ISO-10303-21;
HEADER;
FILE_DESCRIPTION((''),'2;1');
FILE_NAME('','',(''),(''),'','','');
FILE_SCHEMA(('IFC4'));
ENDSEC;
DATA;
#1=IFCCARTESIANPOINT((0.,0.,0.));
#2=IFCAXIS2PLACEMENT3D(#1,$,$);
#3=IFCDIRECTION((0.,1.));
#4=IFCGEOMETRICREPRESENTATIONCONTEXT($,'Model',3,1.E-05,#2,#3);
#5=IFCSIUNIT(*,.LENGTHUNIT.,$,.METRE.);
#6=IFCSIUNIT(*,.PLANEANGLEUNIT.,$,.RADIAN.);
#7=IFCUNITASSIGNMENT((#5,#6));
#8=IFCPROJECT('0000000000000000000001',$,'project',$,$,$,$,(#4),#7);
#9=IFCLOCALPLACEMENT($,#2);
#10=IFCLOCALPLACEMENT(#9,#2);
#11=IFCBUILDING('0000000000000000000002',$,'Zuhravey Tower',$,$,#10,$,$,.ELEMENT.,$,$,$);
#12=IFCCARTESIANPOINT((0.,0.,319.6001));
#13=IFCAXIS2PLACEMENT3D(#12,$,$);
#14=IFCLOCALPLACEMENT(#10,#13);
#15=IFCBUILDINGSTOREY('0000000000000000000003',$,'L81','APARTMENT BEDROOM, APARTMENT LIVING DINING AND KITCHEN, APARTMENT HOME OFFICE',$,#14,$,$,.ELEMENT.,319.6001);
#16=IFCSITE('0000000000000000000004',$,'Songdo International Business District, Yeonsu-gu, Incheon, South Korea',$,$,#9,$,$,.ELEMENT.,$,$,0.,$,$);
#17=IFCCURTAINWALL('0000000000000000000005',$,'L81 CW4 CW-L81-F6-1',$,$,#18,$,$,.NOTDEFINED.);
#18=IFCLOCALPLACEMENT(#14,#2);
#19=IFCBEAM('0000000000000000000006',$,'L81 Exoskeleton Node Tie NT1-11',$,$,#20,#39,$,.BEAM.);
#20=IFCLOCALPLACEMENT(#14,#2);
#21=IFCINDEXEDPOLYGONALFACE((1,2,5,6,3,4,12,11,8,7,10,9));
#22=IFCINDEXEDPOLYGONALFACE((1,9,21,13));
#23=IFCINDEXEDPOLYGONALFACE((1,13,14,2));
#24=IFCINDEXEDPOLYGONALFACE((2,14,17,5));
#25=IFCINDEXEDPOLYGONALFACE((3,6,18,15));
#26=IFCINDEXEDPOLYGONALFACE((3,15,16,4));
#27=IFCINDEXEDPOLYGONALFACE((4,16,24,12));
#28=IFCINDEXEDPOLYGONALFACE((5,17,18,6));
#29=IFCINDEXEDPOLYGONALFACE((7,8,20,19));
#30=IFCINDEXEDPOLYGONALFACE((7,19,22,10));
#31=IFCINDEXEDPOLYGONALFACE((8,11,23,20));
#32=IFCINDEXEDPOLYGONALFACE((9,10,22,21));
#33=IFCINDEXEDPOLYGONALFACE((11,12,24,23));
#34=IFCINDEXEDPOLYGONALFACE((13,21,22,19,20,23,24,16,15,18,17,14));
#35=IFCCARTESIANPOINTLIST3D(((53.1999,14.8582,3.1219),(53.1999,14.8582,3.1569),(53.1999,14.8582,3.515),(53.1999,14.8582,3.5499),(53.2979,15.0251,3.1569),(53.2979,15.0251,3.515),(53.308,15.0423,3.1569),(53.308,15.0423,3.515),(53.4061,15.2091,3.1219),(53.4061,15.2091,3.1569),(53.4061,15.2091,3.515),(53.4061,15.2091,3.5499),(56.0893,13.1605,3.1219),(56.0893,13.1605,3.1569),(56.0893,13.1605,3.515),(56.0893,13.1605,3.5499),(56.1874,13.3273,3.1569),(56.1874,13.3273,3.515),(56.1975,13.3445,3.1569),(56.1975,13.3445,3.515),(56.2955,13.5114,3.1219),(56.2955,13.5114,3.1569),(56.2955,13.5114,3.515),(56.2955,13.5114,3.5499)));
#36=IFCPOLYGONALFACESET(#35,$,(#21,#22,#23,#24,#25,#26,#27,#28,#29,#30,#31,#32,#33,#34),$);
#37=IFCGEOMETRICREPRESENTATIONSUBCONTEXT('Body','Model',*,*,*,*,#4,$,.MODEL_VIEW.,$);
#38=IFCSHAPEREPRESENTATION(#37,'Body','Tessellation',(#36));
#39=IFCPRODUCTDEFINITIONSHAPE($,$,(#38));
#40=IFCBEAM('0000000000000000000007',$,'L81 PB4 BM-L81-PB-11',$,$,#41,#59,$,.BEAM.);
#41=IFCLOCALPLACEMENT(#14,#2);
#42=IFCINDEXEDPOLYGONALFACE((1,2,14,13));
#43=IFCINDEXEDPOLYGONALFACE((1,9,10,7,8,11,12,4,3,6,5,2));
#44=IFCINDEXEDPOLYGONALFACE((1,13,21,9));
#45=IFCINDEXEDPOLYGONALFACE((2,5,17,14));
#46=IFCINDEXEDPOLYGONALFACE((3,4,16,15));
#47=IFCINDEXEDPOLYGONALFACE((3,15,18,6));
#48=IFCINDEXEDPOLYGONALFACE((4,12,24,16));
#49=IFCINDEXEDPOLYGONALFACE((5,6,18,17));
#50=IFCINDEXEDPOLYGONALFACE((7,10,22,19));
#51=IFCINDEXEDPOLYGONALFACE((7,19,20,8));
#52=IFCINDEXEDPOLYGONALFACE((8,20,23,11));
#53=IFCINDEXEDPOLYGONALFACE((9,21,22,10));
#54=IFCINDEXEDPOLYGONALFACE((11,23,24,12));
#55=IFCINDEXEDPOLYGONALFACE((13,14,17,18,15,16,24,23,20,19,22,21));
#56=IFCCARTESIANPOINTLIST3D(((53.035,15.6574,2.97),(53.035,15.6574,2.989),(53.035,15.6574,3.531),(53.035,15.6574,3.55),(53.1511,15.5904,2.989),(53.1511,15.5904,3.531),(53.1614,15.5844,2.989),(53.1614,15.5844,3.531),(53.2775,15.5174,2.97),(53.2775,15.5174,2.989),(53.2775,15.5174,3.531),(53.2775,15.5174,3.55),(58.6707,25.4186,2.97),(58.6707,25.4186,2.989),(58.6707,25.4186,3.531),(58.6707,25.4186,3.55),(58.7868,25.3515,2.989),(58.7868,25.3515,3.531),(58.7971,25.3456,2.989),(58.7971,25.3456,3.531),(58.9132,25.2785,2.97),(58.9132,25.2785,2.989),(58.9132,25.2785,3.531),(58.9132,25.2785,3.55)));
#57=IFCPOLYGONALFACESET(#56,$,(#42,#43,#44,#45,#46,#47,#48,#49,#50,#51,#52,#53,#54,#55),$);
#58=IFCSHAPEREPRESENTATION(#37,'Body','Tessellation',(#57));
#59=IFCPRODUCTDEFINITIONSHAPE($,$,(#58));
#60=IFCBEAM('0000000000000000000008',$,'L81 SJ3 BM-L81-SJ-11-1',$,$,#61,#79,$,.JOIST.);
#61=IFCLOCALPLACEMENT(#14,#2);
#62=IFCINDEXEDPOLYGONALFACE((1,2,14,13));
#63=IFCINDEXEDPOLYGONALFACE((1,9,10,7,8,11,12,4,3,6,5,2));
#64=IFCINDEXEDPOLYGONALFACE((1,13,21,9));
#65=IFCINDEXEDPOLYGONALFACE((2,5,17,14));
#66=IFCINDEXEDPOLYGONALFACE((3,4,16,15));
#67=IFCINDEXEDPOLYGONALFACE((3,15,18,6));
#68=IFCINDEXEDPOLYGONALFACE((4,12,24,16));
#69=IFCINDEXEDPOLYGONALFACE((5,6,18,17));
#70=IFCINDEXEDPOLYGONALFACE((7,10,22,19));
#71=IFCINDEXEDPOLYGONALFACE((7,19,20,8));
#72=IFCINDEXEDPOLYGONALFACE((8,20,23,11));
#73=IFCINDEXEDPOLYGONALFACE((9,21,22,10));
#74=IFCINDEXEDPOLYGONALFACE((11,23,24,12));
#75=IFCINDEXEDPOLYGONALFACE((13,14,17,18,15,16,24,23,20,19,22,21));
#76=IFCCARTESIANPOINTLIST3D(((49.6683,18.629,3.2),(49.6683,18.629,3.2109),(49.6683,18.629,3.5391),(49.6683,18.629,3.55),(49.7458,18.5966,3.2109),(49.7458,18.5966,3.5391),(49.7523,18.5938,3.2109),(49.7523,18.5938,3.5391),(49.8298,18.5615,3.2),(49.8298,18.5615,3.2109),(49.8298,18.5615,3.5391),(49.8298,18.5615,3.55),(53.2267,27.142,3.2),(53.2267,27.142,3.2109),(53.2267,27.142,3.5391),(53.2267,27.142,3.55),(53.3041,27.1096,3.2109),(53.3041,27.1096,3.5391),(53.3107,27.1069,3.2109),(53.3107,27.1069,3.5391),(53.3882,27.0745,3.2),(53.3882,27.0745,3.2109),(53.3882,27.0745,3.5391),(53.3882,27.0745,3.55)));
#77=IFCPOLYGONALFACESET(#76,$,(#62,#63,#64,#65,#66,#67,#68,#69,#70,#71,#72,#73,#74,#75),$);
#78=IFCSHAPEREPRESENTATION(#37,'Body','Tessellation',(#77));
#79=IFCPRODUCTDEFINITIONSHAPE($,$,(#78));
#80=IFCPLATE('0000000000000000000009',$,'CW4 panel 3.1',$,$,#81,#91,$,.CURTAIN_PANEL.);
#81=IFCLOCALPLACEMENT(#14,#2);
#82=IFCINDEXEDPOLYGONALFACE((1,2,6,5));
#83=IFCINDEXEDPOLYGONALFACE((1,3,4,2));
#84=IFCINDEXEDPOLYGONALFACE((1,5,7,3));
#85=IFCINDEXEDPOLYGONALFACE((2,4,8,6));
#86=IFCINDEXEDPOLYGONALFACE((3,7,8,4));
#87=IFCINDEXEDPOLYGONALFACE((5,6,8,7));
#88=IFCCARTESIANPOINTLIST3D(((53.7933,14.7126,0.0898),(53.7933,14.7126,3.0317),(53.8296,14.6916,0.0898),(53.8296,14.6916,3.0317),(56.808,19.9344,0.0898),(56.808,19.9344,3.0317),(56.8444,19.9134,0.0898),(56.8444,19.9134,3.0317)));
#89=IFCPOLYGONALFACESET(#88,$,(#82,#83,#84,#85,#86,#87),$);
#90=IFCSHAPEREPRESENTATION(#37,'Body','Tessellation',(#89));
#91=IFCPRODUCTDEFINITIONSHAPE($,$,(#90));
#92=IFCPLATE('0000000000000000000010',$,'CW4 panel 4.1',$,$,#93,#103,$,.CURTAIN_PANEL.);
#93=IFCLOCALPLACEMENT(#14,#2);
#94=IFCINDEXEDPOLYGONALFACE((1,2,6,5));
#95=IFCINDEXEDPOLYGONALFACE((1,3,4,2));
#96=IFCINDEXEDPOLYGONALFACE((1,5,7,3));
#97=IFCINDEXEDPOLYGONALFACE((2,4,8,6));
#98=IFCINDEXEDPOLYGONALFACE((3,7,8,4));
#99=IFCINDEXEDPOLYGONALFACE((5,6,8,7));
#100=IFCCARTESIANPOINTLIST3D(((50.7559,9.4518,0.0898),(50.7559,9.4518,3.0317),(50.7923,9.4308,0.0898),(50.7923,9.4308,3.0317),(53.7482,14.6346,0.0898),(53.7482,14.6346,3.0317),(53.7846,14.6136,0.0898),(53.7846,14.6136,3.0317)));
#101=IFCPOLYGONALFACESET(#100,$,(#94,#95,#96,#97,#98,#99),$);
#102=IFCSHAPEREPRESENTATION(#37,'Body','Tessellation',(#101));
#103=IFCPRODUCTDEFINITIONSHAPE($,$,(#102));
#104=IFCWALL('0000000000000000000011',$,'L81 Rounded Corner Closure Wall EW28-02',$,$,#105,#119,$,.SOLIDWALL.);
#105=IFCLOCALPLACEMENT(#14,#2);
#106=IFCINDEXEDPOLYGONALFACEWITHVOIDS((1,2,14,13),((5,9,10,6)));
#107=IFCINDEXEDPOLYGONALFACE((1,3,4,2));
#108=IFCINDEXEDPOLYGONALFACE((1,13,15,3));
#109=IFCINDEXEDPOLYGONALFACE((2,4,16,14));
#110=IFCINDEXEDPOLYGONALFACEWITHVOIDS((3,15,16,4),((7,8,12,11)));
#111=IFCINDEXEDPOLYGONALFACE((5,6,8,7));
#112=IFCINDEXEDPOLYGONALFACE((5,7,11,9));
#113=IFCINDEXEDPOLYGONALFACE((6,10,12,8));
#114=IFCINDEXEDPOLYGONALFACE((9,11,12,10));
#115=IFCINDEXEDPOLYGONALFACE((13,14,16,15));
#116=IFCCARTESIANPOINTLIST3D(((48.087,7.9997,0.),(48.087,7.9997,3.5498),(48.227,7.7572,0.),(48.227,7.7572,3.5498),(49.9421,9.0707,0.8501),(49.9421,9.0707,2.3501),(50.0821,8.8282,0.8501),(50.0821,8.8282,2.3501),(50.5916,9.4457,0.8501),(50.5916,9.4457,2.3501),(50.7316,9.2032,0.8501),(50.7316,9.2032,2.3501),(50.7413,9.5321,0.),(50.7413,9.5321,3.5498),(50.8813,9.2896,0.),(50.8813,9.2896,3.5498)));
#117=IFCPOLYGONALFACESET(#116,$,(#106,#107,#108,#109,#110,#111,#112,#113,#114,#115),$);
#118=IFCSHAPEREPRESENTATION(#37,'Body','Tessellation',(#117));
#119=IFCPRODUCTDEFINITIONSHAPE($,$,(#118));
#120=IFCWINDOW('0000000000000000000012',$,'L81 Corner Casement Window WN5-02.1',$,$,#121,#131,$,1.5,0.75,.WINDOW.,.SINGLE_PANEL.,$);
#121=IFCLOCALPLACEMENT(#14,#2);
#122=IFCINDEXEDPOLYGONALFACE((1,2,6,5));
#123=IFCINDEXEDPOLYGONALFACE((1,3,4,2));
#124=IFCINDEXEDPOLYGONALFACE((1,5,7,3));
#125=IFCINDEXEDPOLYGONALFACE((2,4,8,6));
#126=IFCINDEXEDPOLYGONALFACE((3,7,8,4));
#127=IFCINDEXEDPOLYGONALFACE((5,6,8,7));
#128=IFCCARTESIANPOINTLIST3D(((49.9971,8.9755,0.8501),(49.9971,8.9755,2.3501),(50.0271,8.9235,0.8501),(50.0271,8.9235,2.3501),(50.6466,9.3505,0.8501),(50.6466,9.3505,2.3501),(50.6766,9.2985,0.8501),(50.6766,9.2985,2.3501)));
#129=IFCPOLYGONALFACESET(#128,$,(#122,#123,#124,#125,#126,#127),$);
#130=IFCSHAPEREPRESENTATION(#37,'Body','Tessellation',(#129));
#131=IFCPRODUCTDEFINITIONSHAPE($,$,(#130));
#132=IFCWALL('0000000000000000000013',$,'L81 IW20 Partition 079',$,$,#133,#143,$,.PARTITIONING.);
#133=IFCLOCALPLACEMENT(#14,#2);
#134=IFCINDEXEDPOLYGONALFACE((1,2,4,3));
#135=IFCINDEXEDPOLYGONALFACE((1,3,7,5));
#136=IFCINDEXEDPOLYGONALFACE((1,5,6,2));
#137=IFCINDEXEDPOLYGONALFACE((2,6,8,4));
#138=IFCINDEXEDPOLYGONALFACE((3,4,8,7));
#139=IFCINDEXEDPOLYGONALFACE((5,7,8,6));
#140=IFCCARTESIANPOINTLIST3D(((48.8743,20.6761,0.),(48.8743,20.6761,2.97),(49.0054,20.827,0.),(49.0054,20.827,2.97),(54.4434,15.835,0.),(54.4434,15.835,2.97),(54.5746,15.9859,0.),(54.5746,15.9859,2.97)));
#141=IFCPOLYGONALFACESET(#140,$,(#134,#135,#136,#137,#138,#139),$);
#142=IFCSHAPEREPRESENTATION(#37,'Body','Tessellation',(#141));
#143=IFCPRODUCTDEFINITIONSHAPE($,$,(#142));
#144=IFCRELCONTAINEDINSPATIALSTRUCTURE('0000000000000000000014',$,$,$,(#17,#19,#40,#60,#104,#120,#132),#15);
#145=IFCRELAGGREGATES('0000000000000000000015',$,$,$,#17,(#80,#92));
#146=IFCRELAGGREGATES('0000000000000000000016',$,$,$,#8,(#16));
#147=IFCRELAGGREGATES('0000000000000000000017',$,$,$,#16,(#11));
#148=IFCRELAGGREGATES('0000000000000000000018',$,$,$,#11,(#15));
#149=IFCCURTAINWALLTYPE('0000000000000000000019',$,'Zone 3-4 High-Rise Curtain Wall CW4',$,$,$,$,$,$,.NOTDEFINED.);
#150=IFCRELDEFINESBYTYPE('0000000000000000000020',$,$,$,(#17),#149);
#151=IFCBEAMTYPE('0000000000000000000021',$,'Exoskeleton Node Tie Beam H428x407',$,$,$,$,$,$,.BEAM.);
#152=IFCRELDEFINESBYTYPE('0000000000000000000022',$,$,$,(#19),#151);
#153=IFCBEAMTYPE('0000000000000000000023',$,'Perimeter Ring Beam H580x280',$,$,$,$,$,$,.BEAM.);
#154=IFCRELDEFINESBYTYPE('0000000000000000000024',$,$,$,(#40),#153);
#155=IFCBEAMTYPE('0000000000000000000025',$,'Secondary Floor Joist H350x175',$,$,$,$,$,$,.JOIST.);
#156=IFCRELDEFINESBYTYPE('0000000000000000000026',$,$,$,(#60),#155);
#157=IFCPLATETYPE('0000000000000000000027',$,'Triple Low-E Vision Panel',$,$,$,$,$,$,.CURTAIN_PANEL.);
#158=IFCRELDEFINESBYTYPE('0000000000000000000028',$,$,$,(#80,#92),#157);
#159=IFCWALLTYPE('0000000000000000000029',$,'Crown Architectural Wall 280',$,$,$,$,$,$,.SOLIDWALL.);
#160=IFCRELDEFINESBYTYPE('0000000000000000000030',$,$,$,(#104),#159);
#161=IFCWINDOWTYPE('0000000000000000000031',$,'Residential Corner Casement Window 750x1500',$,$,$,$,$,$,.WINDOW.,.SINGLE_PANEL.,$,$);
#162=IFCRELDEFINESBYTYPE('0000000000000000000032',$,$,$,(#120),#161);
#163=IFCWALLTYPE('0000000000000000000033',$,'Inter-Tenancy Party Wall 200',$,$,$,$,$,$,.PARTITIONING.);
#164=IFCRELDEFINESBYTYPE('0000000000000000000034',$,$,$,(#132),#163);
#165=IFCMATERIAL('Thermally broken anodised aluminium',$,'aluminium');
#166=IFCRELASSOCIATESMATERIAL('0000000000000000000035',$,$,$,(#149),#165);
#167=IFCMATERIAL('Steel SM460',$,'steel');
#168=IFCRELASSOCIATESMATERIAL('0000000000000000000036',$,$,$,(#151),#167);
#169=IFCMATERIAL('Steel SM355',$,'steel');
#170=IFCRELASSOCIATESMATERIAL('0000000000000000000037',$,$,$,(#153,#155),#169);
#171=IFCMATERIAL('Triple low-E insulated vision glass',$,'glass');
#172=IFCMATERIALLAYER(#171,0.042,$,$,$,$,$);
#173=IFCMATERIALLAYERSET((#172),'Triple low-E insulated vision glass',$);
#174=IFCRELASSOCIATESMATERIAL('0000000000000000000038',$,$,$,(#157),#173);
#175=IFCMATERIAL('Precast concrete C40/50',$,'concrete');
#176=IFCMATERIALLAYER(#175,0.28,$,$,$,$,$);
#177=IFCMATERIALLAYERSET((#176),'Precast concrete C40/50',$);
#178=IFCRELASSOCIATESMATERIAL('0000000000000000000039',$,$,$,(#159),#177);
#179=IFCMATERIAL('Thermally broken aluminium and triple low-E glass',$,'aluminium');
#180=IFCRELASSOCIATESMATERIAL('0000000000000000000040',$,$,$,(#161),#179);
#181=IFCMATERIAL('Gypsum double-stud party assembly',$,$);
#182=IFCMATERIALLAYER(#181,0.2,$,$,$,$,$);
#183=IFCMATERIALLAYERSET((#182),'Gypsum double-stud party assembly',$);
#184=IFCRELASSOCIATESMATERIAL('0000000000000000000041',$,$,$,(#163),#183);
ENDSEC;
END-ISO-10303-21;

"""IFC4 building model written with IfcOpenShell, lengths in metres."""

from ifc_helpers import new_model, si_unit, direction, frame, frame_2d, origin, origin_2d, place, context, subcontext, project, spatial, rectangle, i_section, extrude, material, layer, layer_set, material_profile, profile_set, type_object, element, fill, aggregate, save


model = new_model("IFC4")

# Units and contexts
model_context = context("Model", 3, precision=1e-05, world=origin(), true_north=direction((0.0, 1.0)))
body_context = subcontext(model_context, "Body", "Model", "MODEL_VIEW")
ifc_project = project(units=[si_unit("LENGTHUNIT", "METRE"), si_unit("PLANEANGLEUNIT", "RADIAN")], contexts=[model_context])

# Site, building, storey
site_placement = place(None, origin())
site = spatial("IfcSite", under=ifc_project, at=site_placement, Name="Songdo International Business District, Yeonsu-gu, Incheon, South Korea", CompositionType="ELEMENT", RefElevation=0.0)
building_placement = place(site_placement, origin())
building = spatial("IfcBuilding", under=site, at=building_placement, Name="Zuhravey Tower", CompositionType="ELEMENT")
storey_placement = place(building_placement, frame((0.0, 0.0, 319.6001)))
storey = spatial("IfcBuildingStorey", under=building, at=storey_placement, Name="L81", Description="APARTMENT BEDROOM, APARTMENT LIVING DINING AND KITCHEN, APARTMENT HOME OFFICE", CompositionType="ELEMENT", Elevation=319.6001)

# Curtain wall
ifc_material_1 = material(Name="Thermally broken anodised aluminium", Category="aluminium")
curtain_wall_type = type_object("IfcCurtainWallType", Name="Zone 3-4 High-Rise Curtain Wall CW4", PredefinedType="NOTDEFINED", material=ifc_material_1)
curtain_wall_1_placement = place(storey_placement, origin())
curtain_wall_1 = element("IfcCurtainWall", 1, at=curtain_wall_1_placement, inside=storey, type_object=curtain_wall_type, Name="L81 CW4 CW-L81-F6-1", PredefinedType="NOTDEFINED")

# Beams
ifc_material_2 = material(Name="Steel SM460", Category="steel")
ifc_material_profile_1 = material_profile(ifc_material_2, i_section(OverallWidth=0.407, OverallDepth=0.428, WebThickness=0.02, FlangeThickness=0.0349, at=origin_2d()), Name="H-428x407x20x35")
ifc_profile_set_1 = profile_set([ifc_material_profile_1], Name="Steel SM460")
beam_type_1 = type_object("IfcBeamType", Name="Exoskeleton Node Tie Beam H428x407", PredefinedType="BEAM", material=ifc_profile_set_1)
beam_1_placement = place(storey_placement, frame((53.303, 15.0337, 3.3359), z_axis=(0.862181, -0.5066, 0.0), x_axis=(0.5066, 0.862181, 0.0)))
element("IfcBeam", 2, at=beam_1_placement, inside=storey, type_object=beam_type_1, Name="L81 Exoskeleton Node Tie NT1-11", PredefinedType="BEAM", context=body_context, shape_type="SweptSolid", body=[
    extrude(i_section(OverallWidth=0.407, OverallDepth=0.428, WebThickness=0.02, FlangeThickness=0.0349, at=origin_2d()), origin(), (0.0, 0.0, 1.0), 3.3513),
])
ifc_material_3 = material(Name="Steel SM355", Category="steel")
ifc_material_profile_2 = material_profile(ifc_material_3, i_section(OverallWidth=0.28, OverallDepth=0.5801, WebThickness=0.012, FlangeThickness=0.019, at=origin_2d()), Name="H-580x280x12x19")
ifc_profile_set_2 = profile_set([ifc_material_profile_2], Name="Steel SM355")
beam_type_2 = type_object("IfcBeamType", Name="Perimeter Ring Beam H580x280", PredefinedType="BEAM", material=ifc_profile_set_2)
beam_2_placement = place(storey_placement, frame((53.1562, 15.5874, 3.26), z_axis=(0.500006, 0.866022, 0.0), x_axis=(-0.866022, 0.500006, 0.0)))
element("IfcBeam", 3, at=beam_2_placement, inside=storey, type_object=beam_type_2, Name="L81 PB4 BM-L81-PB-11", PredefinedType="BEAM", context=body_context, shape_type="SweptSolid", body=[
    extrude(i_section(OverallWidth=0.28, OverallDepth=0.5801, WebThickness=0.012, FlangeThickness=0.019, at=origin_2d()), origin(), (0.0, 0.0, 1.0), 11.2712),
])
ifc_material_profile_3 = material_profile(ifc_material_3, i_section(OverallWidth=0.175, OverallDepth=0.3501, WebThickness=0.0071, FlangeThickness=0.011, at=origin_2d()), Name="H-350x175x7x11")
ifc_profile_set_3 = profile_set([ifc_material_profile_3], Name="Steel SM355")
beam_type_3 = type_object("IfcBeamType", Name="Secondary Floor Joist H350x175", PredefinedType="JOIST", material=ifc_profile_set_3)
beam_3_placement = place(storey_placement, frame((49.749, 18.5952, 3.375), z_axis=(0.385658, 0.922642, 0.0), x_axis=(-0.922642, 0.385658, 0.0)))
element("IfcBeam", 4, at=beam_3_placement, inside=storey, type_object=beam_type_3, Name="L81 SJ3 BM-L81-SJ-11-1", PredefinedType="JOIST", context=body_context, shape_type="SweptSolid", body=[
    extrude(i_section(OverallWidth=0.175, OverallDepth=0.3501, WebThickness=0.0071, FlangeThickness=0.011, at=origin_2d()), origin(), (0.0, 0.0, 1.0), 9.2268),
])

# Plates
ifc_material_4 = material(Name="Triple low-E insulated vision glass", Category="glass")
ifc_layer_1 = layer(ifc_material_4, 0.042)
ifc_layer_set_1 = layer_set([ifc_layer_1], Name="Triple low-E insulated vision glass")
plate_type = type_object("IfcPlateType", Name="Triple Low-E Vision Panel", PredefinedType="CURTAIN_PANEL", material=ifc_layer_set_1)
plate_1_placement = place(storey_placement, frame((55.3188, 17.313, 0.0898), z_axis=(0.0, 0.0, 1.0), x_axis=(-0.5, -0.866026, 0.0)))
plate_1 = element("IfcPlate", 5, at=plate_1_placement, type_object=plate_type, Name="CW4 panel 3.1", PredefinedType="CURTAIN_PANEL", context=body_context, shape_type="SweptSolid", body=[
    extrude(rectangle(XDim=6.0295, YDim=0.042, at=origin_2d()), origin(), (0.0, 0.0, 1.0), 2.9419),
])
plate_2_placement = place(storey_placement, frame((52.2703, 12.0327, 0.0898), z_axis=(0.0, 0.0, 1.0), x_axis=(-0.5, -0.866026, 0.0)))
plate_2 = element("IfcPlate", 6, at=plate_2_placement, type_object=plate_type, Name="CW4 panel 4.1", PredefinedType="CURTAIN_PANEL", context=body_context, shape_type="SweptSolid", body=[
    extrude(rectangle(XDim=5.9846, YDim=0.042, at=origin_2d()), origin(), (0.0, 0.0, 1.0), 2.9419),
])
aggregate(curtain_wall_1, [plate_1, plate_2])

# Wall, opening, window
ifc_material_5 = material(Name="Precast concrete C40/50", Category="concrete")
ifc_layer_2 = layer(ifc_material_5, 0.28)
ifc_layer_set_2 = layer_set([ifc_layer_2], Name="Precast concrete C40/50")
wall_type_1 = type_object("IfcWallType", Name="Crown Architectural Wall 280", PredefinedType="SOLIDWALL", material=ifc_layer_set_2)
wall_1_placement = place(storey_placement, frame((50.8113, 9.4109, 0.0), z_axis=(0.0, 0.0, 1.0), x_axis=(-0.866024, -0.500003, 0.0)))
wall_1 = element("IfcWall", 7, at=wall_1_placement, inside=storey, type_object=wall_type_1, Name="L81 Rounded Corner Closure Wall EW28-02", PredefinedType="SOLIDWALL", context=body_context, shape_type="SweptSolid", body=[
    extrude(rectangle(XDim=3.0649, YDim=0.28, at=frame_2d((1.5325, 0.0))), origin(), (0.0, 0.0, 1.0), 3.5498),
])
opening_1_placement = place(wall_1_placement, frame((0.1729, 0.0, 0.8501)))
opening_1 = element("IfcOpeningElement", 8, at=opening_1_placement, cuts=wall_1, PredefinedType="OPENING", context=body_context, shape_type="SweptSolid", body=[
    extrude(rectangle(XDim=0.75, YDim=1.5, at=frame_2d((0.375, 0.75))), frame((0.0, 0.1521, 0.0), z_axis=(0.0, -1.0, 0.0), x_axis=(1.0, 0.0, 0.0)), (0.0, 0.0, 1.0), 0.304),
])
ifc_material_6 = material(Name="Thermally broken aluminium and triple low-E glass", Category="aluminium")
window_type = type_object("IfcWindowType", Name="Residential Corner Casement Window 750x1500", PartitioningType="SINGLE_PANEL", PredefinedType="WINDOW", material=ifc_material_6)
window_placement = place(opening_1_placement, origin())
window = element("IfcWindow", 9, at=window_placement, inside=storey, type_object=window_type, Name="L81 Corner Casement Window WN5-02.1", OverallHeight=1.5, OverallWidth=0.75, PartitioningType="SINGLE_PANEL", PredefinedType="WINDOW", context=body_context, shape_type="SweptSolid", body=[
    extrude(rectangle(XDim=0.75, YDim=1.5, at=frame_2d((0.375, 0.75))), frame((0.0, 0.03, 0.0), z_axis=(0.0, -1.0, 0.0), x_axis=(1.0, 0.0, 0.0)), (0.0, 0.0, 1.0), 0.0601),
])
fill(opening_1, window)

# Wall
ifc_material_7 = material(Name="Gypsum double-stud party assembly")
ifc_layer_3 = layer(ifc_material_7, 0.2)
ifc_layer_set_3 = layer_set([ifc_layer_3], Name="Gypsum double-stud party assembly")
wall_type_2 = type_object("IfcWallType", Name="Inter-Tenancy Party Wall 200", PredefinedType="PARTITIONING", material=ifc_layer_set_3)
wall_2_placement = place(storey_placement, frame((48.9399, 20.7515, 0.0), z_axis=(0.0, 0.0, 1.0), x_axis=(0.754714, -0.656053, 0.0)))
element("IfcWall", 10, at=wall_2_placement, inside=storey, type_object=wall_type_2, Name="L81 IW20 Partition 079", PredefinedType="PARTITIONING", context=body_context, shape_type="SweptSolid", body=[
    extrude(rectangle(XDim=7.3792, YDim=0.2, at=frame_2d((3.6895, 0.0))), origin(), (0.0, 0.0, 1.0), 2.97),
])

save(model, "model.ifc")
